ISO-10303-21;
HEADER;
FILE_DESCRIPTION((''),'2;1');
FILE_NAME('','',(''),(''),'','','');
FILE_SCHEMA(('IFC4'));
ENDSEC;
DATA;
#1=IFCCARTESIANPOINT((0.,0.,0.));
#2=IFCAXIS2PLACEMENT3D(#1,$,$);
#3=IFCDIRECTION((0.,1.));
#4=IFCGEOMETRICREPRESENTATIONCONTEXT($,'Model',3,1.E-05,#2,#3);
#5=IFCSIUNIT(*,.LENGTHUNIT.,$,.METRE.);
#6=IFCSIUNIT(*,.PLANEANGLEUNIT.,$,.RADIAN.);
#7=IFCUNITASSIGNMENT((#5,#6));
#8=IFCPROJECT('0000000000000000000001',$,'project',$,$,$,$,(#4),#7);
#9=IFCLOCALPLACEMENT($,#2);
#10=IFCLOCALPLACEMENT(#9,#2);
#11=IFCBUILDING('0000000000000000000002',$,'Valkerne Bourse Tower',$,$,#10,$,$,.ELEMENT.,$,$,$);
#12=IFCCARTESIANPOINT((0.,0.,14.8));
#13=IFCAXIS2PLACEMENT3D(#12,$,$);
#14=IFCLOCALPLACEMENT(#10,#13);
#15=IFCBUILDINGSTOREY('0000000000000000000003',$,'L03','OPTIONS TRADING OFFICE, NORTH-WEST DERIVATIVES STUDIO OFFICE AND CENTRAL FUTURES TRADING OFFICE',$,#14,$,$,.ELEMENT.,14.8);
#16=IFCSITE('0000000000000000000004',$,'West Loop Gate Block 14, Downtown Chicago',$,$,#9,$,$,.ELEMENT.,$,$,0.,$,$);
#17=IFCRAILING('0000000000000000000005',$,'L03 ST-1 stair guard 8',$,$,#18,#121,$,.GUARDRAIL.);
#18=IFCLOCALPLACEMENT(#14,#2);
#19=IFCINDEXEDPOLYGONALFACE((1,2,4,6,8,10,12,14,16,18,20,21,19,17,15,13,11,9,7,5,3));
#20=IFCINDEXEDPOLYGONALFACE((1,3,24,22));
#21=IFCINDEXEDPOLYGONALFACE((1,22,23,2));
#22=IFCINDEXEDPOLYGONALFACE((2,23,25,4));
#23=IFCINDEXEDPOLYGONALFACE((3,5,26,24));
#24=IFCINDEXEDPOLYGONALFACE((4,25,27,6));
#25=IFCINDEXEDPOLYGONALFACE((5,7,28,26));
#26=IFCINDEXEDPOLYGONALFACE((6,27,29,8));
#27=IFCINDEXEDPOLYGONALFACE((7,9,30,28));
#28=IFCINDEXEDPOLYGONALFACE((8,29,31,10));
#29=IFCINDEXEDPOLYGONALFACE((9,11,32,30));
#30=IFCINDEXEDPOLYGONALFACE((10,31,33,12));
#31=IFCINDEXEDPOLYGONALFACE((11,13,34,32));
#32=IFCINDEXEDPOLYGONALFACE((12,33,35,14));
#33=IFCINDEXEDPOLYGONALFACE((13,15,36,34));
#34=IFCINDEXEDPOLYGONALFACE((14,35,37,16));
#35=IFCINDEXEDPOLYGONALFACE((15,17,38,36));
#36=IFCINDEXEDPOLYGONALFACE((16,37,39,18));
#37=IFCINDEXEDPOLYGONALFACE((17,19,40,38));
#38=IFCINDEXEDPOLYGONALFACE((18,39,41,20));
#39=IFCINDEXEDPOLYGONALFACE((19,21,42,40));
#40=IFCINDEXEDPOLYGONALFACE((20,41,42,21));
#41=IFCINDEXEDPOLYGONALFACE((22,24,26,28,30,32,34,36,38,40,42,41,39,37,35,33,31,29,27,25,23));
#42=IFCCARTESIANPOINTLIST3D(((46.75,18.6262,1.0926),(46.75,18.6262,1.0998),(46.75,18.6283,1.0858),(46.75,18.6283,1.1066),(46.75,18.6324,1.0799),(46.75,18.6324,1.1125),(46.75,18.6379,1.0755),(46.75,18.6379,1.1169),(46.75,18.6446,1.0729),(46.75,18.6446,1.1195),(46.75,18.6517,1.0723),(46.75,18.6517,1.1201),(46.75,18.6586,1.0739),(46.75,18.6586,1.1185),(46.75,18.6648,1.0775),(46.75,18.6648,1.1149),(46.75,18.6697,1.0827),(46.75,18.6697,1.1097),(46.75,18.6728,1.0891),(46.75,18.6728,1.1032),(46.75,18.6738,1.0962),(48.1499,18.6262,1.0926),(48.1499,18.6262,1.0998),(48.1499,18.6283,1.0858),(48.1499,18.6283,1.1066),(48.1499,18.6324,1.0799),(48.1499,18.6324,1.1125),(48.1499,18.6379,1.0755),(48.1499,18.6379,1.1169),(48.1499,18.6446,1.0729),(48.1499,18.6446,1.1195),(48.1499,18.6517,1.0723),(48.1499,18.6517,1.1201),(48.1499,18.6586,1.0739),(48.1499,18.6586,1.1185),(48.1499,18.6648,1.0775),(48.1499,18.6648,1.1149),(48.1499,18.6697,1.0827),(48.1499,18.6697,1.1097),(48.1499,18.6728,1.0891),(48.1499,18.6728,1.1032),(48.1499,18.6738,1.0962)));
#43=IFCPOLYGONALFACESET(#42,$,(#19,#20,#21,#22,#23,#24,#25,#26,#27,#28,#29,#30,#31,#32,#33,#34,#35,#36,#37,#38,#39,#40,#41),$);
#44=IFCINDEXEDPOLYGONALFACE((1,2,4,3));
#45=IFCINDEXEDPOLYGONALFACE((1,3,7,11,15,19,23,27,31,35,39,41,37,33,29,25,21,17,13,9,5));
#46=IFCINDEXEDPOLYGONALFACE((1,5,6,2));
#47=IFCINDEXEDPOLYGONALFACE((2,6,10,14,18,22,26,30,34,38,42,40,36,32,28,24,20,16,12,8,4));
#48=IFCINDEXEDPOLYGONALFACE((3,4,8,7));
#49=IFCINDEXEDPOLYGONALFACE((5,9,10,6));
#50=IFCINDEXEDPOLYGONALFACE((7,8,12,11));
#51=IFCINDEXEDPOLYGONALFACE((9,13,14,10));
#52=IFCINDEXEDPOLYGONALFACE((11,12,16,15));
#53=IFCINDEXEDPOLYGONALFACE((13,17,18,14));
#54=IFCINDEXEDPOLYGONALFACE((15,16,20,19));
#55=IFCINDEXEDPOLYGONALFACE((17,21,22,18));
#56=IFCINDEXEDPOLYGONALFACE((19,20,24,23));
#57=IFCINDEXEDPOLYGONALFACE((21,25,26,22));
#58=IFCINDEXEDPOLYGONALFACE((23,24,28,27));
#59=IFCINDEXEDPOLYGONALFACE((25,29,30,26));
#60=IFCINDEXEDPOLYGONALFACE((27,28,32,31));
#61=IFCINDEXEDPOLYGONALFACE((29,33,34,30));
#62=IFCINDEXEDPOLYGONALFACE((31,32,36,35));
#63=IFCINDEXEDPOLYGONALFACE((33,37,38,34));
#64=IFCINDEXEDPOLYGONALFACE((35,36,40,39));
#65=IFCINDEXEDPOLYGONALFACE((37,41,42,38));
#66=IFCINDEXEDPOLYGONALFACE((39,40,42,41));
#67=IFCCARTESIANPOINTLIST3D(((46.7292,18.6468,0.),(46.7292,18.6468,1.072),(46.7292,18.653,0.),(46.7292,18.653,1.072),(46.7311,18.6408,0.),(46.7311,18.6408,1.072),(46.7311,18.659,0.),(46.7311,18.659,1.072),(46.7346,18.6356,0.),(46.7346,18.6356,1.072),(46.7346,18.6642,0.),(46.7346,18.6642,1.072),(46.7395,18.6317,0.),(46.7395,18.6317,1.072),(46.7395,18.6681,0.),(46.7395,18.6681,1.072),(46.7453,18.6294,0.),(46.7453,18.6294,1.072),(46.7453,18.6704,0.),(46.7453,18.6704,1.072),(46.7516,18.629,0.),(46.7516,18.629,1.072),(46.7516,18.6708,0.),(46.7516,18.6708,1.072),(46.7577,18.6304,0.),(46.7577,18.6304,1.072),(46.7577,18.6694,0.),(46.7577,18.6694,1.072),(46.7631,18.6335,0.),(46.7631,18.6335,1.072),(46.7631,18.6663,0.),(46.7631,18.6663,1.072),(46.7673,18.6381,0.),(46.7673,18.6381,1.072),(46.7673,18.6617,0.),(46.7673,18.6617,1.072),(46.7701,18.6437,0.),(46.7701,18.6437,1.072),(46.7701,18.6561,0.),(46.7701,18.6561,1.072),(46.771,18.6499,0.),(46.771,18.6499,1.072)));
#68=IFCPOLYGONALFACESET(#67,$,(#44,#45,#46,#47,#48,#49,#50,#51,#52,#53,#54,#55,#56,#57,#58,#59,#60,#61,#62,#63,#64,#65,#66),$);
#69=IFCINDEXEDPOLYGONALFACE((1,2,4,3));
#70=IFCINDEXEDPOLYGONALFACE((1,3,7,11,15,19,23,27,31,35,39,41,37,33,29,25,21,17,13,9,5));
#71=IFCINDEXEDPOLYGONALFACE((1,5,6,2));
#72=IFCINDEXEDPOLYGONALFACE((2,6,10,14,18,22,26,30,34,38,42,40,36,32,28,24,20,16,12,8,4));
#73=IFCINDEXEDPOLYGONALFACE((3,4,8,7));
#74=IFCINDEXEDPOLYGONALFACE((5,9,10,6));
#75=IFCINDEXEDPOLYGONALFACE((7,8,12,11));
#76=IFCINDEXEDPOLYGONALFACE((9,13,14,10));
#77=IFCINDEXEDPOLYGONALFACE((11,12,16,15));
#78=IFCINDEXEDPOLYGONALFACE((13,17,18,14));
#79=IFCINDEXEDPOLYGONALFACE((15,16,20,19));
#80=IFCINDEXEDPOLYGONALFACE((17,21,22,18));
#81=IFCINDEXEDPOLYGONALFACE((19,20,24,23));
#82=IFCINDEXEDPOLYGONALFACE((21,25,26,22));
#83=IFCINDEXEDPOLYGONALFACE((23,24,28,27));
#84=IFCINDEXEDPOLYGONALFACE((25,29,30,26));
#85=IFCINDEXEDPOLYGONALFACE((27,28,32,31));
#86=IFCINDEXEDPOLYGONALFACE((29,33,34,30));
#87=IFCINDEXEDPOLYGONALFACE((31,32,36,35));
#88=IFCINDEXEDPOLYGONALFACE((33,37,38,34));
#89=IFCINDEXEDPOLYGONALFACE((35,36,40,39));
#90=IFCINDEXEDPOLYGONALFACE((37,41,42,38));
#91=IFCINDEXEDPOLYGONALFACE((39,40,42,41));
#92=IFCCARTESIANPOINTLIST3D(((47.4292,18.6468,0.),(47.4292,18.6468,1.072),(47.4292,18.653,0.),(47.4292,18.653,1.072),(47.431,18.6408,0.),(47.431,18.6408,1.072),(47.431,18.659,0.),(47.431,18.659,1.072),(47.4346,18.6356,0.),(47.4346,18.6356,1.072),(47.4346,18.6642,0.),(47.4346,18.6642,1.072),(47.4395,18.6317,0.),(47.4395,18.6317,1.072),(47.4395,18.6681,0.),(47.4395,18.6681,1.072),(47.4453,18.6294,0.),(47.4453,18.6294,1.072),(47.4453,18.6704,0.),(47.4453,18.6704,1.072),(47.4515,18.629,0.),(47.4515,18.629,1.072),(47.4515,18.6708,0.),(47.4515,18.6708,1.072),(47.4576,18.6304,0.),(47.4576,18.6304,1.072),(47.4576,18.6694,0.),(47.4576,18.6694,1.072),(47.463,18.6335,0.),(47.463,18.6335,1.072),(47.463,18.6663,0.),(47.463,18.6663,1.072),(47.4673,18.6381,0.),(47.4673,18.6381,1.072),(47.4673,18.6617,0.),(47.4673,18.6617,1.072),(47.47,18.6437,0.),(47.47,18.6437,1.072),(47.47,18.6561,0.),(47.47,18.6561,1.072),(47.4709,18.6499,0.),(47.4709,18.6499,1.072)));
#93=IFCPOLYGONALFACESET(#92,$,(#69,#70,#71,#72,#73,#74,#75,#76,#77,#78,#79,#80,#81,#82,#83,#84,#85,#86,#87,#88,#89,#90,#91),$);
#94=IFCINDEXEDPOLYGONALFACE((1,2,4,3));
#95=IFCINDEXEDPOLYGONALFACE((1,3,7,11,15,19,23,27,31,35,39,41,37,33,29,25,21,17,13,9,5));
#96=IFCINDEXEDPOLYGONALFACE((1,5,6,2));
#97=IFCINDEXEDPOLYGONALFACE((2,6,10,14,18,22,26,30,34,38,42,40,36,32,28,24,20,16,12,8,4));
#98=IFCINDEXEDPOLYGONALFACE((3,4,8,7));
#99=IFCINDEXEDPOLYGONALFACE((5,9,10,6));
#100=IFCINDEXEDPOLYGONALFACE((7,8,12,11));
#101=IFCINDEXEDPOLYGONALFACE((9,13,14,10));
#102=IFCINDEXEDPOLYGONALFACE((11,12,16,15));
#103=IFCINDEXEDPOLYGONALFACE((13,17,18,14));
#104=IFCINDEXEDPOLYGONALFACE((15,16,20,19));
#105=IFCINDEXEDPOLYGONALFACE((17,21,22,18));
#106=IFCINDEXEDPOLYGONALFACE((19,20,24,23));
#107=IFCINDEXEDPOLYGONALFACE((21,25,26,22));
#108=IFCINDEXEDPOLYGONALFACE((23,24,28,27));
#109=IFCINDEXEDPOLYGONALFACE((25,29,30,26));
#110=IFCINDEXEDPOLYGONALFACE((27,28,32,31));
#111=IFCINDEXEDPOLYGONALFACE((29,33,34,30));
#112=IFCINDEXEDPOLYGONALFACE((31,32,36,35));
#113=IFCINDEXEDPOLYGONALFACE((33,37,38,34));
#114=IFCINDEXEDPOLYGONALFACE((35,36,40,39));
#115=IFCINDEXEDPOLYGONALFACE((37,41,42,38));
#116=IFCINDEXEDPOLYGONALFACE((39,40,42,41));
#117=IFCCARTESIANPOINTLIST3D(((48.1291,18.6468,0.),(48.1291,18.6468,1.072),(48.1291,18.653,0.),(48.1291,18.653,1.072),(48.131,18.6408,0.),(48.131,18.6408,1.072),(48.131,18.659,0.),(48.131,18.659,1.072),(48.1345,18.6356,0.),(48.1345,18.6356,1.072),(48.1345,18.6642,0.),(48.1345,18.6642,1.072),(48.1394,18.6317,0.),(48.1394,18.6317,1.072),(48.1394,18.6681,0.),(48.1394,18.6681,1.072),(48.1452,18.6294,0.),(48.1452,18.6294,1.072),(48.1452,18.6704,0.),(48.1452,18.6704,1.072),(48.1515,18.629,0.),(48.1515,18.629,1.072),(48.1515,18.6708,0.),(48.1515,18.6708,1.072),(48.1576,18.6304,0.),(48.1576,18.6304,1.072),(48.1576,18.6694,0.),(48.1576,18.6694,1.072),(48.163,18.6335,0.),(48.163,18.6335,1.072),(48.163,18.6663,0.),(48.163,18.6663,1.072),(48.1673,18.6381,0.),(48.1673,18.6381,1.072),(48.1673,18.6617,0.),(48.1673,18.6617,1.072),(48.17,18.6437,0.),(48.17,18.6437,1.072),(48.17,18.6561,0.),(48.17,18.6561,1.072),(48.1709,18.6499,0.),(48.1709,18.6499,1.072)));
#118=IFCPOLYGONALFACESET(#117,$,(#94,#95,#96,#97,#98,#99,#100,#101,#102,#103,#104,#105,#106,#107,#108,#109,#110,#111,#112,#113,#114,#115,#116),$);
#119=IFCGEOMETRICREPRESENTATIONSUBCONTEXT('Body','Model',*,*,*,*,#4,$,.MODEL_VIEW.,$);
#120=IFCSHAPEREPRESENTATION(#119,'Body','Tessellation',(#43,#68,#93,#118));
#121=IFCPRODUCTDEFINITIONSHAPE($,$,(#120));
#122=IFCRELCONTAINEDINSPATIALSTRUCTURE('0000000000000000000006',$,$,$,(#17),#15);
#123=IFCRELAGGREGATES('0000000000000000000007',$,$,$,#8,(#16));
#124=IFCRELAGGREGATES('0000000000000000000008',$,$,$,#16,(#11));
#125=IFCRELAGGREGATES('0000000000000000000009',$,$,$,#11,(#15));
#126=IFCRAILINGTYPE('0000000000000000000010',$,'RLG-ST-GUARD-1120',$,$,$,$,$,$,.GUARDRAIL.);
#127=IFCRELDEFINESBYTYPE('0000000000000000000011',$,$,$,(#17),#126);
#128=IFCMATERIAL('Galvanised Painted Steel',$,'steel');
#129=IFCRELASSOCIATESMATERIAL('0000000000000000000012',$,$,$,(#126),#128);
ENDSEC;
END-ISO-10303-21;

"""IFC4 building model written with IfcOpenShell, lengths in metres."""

from ifc_helpers import new_model, si_unit, direction, frame, origin, origin_2d, place, context, subcontext, project, spatial, circle, extrude, material, type_object, element, save


model = new_model("IFC4")

# Units and contexts
model_context = context("Model", 3, precision=1e-05, world=origin(), true_north=direction((0.0, 1.0)))
body_context = subcontext(model_context, "Body", "Model", "MODEL_VIEW")
ifc_project = project(units=[si_unit("LENGTHUNIT", "METRE"), si_unit("PLANEANGLEUNIT", "RADIAN")], contexts=[model_context])

# Site, building, storey
site_placement = place(None, origin())
site = spatial("IfcSite", under=ifc_project, at=site_placement, Name="West Loop Gate Block 14, Downtown Chicago", CompositionType="ELEMENT", RefElevation=0.0)
building_placement = place(site_placement, origin())
building = spatial("IfcBuilding", under=site, at=building_placement, Name="Valkerne Bourse Tower", CompositionType="ELEMENT")
storey_placement = place(building_placement, frame((0.0, 0.0, 14.8)))
storey = spatial("IfcBuildingStorey", under=building, at=storey_placement, Name="L03", Description="OPTIONS TRADING OFFICE, NORTH-WEST DERIVATIVES STUDIO OFFICE AND CENTRAL FUTURES TRADING OFFICE", CompositionType="ELEMENT", Elevation=14.8)

# Shared definitions
ifc_material_1 = material(Name="Galvanised Painted Steel", Category="steel")

# Railing
railing_type_1 = type_object("IfcRailingType", Name="RLG-ST-GUARD-1120", PredefinedType="GUARDRAIL", material=ifc_material_1)
railing_1_placement = place(storey_placement, frame((46.75, 18.6499, 0.0)))
element("IfcRailing", 1, at=railing_1_placement, inside=storey, type_object=railing_type_1, Name="L03 ST-1 stair guard 8", PredefinedType="GUARDRAIL", context=body_context, shape_type="SweptSolid", body=[
    extrude(circle(Radius=0.0239, at=origin_2d()), frame((0.0, 0.0, 1.0962), z_axis=(1.0, 0.0, 0.0), x_axis=(0.0, 1.0, 0.0)), (0.0, 0.0, 1.0), 1.3999),
    extrude(circle(Radius=0.021, at=origin_2d()), origin(), (0.0, 0.0, 1.0), 1.072),
    extrude(circle(Radius=0.021, at=origin_2d()), frame((0.7, 0.0, 0.0)), (0.0, 0.0, 1.0), 1.072),
    extrude(circle(Radius=0.021, at=origin_2d()), frame((1.3999, 0.0, 0.0)), (0.0, 0.0, 1.0), 1.072),
])

save(model, "model.ifc")
